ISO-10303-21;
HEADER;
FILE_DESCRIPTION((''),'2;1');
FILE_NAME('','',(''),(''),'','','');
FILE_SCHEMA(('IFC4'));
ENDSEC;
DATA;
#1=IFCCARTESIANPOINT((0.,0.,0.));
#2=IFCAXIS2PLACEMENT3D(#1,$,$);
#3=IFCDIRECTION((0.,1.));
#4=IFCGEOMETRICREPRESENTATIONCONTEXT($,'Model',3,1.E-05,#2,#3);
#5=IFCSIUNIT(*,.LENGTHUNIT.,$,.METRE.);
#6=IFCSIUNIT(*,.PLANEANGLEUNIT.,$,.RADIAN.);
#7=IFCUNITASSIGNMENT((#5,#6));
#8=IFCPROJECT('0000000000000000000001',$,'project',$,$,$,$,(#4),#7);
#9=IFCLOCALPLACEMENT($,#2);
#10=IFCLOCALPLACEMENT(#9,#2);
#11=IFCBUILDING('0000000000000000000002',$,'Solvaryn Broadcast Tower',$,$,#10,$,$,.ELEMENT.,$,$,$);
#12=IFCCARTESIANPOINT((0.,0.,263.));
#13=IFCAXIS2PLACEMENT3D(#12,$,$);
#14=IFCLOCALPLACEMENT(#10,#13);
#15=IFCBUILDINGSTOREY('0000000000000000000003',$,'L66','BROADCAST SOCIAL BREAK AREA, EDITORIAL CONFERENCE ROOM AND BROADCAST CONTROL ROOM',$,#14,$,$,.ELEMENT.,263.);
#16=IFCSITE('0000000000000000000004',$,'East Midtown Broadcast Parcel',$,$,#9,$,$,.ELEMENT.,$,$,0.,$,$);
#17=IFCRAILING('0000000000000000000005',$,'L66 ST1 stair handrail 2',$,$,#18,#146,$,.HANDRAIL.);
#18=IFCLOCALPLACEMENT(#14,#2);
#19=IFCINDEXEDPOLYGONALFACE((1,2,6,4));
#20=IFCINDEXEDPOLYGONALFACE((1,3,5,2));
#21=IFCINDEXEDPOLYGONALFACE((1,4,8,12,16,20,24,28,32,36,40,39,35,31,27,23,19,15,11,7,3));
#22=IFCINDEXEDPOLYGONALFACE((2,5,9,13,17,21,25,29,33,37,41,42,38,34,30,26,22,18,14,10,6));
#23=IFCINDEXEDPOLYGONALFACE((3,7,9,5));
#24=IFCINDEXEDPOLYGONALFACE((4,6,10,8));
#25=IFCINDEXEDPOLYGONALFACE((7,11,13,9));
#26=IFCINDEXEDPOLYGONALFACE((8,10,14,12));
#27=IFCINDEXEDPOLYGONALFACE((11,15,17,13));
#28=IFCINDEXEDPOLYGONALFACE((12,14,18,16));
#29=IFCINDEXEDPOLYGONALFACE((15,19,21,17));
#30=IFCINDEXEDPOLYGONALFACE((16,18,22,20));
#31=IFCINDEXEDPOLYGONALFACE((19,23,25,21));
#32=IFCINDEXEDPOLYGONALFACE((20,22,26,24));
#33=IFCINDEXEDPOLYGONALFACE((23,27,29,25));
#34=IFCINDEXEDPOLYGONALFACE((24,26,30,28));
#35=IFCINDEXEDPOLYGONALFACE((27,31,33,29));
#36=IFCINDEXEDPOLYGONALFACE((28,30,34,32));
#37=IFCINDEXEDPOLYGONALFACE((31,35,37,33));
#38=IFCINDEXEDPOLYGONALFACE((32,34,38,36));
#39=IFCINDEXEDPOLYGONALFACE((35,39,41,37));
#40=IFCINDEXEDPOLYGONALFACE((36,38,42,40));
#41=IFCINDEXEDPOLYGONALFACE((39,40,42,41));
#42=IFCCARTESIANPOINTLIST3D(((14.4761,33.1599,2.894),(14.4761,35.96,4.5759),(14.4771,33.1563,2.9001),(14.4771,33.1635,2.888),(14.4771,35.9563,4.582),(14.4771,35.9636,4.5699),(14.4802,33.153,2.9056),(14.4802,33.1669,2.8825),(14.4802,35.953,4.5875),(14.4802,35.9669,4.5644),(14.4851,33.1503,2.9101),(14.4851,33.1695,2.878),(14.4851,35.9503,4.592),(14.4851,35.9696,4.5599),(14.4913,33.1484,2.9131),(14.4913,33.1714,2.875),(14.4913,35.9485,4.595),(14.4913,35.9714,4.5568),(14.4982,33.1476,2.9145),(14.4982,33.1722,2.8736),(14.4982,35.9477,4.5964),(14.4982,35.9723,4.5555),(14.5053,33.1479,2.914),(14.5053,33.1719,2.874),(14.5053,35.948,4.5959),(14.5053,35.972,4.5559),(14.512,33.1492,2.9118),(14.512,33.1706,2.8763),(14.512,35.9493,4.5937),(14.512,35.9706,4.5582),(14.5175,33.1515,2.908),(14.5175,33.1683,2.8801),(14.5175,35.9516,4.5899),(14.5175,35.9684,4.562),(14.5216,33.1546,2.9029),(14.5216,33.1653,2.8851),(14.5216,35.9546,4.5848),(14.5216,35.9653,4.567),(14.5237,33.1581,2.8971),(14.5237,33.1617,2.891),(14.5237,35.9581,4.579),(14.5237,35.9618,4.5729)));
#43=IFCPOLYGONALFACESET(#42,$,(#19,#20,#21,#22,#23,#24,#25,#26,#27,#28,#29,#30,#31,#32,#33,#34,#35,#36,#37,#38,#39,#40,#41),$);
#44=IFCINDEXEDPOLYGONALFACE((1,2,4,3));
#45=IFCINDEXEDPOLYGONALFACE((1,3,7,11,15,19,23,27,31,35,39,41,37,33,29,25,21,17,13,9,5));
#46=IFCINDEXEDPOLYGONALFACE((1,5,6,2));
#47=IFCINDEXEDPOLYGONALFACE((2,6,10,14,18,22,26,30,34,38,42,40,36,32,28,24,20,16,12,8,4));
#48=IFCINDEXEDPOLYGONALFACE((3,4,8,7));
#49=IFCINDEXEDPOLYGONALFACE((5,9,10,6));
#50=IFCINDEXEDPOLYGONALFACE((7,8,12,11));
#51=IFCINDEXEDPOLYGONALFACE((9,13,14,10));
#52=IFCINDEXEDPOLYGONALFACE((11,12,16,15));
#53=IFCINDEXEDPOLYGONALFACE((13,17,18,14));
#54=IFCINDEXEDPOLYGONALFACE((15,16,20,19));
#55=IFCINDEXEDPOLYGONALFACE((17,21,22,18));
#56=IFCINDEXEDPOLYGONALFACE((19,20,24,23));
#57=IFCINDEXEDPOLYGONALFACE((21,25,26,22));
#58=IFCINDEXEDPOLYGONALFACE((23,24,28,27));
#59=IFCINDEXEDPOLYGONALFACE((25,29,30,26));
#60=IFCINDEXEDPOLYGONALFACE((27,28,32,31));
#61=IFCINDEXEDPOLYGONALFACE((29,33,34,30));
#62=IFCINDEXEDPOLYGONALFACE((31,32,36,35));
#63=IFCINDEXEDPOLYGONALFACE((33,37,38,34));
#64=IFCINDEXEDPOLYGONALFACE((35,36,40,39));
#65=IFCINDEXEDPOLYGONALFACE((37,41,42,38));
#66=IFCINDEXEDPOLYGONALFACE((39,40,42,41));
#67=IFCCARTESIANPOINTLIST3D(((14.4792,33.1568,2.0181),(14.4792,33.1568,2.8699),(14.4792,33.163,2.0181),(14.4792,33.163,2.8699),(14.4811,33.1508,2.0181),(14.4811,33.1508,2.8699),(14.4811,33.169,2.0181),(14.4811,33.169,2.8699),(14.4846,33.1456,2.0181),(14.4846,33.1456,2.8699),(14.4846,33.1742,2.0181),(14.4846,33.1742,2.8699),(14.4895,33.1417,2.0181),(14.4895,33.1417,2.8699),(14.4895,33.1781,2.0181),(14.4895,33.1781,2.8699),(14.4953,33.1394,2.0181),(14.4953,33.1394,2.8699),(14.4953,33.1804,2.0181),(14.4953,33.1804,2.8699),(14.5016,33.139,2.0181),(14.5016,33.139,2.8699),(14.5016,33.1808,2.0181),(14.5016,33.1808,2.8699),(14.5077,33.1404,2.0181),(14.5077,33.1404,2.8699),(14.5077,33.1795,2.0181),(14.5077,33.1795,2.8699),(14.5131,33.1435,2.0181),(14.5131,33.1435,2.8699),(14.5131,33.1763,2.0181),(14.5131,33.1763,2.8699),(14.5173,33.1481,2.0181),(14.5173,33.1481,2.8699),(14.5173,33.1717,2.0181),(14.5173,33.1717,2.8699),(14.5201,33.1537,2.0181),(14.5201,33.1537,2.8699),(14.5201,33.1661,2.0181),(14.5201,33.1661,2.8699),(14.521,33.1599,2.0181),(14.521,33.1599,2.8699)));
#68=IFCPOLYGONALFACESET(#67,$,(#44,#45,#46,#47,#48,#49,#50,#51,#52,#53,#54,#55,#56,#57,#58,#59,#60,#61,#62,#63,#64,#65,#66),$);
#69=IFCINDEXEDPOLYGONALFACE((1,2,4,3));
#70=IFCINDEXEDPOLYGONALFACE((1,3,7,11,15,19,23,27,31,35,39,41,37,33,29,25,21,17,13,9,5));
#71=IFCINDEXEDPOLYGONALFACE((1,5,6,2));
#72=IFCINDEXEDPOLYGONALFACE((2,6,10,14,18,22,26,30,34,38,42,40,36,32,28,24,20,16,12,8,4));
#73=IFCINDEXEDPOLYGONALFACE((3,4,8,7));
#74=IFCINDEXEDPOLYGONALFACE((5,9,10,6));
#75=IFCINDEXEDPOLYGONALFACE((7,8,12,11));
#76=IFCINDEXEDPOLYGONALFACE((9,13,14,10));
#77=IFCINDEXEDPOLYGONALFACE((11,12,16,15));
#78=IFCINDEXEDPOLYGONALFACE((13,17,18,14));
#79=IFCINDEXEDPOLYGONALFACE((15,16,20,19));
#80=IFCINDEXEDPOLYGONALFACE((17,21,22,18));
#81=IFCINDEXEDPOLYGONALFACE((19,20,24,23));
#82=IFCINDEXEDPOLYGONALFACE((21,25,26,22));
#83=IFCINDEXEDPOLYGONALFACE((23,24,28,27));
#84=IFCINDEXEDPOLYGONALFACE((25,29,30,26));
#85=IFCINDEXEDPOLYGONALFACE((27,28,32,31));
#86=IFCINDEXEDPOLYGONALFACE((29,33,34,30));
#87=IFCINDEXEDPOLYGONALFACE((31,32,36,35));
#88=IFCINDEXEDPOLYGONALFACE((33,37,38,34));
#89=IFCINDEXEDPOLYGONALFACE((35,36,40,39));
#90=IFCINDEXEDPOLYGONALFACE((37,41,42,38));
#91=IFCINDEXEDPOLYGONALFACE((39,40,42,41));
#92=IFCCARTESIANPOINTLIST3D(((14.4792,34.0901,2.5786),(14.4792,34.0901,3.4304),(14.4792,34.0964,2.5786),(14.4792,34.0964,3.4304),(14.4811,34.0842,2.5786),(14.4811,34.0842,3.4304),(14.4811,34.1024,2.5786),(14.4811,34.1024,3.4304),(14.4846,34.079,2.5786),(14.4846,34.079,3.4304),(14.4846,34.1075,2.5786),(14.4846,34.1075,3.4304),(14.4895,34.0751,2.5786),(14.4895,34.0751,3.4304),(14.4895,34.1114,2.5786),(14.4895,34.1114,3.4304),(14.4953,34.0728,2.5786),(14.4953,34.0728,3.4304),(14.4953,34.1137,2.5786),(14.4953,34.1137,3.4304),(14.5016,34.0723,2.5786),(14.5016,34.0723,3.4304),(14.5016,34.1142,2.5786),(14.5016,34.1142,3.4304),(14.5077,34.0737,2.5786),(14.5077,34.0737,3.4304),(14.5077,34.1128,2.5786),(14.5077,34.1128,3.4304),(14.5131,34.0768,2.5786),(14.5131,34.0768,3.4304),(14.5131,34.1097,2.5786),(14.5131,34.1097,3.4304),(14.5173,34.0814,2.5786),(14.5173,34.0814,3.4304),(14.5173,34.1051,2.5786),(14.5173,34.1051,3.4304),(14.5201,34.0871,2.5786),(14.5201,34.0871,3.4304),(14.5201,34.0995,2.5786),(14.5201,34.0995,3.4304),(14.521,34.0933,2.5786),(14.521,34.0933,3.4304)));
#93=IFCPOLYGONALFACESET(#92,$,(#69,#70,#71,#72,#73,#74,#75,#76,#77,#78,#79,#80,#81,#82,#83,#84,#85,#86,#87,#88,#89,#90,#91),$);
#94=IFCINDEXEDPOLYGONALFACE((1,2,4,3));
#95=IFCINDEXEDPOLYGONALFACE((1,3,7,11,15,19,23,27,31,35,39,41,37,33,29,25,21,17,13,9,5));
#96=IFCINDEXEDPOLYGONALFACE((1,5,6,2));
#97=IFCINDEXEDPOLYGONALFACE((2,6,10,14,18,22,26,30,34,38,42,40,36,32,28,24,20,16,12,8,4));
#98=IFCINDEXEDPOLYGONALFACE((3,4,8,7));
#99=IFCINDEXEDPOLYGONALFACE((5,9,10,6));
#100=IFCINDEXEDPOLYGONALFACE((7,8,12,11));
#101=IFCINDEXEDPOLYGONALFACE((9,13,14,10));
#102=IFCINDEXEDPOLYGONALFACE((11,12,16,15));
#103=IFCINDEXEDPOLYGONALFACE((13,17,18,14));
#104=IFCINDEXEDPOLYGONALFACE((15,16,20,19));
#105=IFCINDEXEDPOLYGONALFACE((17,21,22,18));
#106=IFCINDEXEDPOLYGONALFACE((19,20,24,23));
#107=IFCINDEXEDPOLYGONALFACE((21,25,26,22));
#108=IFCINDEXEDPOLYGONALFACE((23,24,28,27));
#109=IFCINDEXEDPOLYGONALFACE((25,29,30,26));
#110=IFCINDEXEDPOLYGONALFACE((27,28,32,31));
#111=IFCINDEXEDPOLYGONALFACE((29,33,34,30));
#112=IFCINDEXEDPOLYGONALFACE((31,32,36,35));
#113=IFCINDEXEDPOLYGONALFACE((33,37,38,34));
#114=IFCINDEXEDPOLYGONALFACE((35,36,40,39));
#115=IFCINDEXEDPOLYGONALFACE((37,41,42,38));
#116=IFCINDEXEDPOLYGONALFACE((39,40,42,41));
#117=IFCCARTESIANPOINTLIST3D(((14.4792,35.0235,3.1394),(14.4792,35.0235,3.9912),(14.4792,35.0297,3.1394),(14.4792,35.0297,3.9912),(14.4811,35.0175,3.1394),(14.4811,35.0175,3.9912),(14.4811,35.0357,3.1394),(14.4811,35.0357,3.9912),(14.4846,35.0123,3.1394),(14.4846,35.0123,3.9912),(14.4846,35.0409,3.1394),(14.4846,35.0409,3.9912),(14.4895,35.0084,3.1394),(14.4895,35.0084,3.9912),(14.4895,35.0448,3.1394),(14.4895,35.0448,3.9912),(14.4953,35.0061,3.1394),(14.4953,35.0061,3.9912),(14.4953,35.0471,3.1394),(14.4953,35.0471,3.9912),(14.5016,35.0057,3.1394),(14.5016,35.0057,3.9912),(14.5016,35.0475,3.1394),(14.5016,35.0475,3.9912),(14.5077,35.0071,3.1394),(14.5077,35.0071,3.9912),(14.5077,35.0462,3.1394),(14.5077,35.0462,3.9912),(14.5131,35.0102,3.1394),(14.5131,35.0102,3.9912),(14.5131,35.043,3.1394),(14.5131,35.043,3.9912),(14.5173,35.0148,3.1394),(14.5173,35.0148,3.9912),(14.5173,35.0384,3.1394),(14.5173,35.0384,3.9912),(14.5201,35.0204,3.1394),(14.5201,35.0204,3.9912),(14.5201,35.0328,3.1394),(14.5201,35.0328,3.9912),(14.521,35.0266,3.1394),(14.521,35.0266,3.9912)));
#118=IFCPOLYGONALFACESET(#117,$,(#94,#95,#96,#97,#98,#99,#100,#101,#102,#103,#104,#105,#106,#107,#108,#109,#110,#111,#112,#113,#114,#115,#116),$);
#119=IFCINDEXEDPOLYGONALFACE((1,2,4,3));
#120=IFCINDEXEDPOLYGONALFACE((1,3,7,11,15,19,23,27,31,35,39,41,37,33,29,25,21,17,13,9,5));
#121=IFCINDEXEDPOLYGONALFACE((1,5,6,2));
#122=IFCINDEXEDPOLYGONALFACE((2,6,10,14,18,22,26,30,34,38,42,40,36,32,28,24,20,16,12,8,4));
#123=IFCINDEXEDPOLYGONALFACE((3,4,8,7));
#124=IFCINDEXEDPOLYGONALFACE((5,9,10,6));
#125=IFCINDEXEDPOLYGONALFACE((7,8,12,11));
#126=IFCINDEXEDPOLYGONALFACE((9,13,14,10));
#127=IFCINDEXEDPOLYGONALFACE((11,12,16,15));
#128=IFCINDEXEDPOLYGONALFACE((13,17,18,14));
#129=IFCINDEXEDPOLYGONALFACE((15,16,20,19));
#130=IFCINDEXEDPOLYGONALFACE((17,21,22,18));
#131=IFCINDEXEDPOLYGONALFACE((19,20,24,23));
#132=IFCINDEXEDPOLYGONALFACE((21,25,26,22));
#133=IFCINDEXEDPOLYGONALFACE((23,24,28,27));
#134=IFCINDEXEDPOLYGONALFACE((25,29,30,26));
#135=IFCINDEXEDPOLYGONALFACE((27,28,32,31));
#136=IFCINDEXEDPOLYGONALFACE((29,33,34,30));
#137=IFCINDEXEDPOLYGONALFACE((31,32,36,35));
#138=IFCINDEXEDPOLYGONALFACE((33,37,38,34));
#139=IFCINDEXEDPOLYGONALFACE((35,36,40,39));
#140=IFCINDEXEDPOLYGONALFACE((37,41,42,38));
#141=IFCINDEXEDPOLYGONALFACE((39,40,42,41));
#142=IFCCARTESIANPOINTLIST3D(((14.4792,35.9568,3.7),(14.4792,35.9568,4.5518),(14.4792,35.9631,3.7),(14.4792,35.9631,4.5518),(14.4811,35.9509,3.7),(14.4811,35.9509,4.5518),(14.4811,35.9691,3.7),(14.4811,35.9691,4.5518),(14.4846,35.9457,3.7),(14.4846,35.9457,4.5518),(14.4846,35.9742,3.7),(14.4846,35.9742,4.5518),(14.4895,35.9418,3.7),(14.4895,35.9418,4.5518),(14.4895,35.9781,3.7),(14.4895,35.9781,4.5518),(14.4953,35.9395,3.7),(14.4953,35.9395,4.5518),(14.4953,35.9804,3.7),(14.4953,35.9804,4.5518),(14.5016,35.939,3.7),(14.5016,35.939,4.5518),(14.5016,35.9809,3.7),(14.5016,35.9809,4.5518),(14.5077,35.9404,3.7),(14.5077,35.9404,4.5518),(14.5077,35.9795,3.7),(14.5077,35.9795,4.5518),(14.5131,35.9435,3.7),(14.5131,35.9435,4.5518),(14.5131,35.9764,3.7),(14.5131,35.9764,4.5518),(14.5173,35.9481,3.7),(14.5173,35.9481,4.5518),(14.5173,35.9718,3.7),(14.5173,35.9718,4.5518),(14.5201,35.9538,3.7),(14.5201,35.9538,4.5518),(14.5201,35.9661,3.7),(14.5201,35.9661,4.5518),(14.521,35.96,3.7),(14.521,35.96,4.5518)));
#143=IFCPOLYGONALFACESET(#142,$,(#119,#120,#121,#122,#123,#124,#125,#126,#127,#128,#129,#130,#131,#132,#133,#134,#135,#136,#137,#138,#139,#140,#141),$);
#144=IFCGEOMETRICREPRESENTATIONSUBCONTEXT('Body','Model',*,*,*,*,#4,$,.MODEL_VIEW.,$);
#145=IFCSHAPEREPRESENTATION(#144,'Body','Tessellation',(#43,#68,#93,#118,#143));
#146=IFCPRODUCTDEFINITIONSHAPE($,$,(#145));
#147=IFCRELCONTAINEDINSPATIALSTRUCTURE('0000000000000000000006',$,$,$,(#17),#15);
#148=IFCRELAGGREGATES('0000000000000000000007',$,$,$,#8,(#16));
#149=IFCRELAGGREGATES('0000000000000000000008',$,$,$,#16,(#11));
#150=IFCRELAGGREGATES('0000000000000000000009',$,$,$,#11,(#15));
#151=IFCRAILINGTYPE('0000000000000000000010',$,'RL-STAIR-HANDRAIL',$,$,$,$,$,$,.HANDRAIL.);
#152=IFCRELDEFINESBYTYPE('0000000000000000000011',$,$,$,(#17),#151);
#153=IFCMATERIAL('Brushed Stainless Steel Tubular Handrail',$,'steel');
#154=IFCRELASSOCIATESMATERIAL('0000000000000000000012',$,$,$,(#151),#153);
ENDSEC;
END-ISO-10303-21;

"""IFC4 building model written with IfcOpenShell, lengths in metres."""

from ifc_helpers import new_model, si_unit, direction, frame, origin, origin_2d, place, context, subcontext, project, spatial, circle, extrude, material, type_object, element, save


model = new_model("IFC4")

# Units and contexts
model_context = context("Model", 3, precision=1e-05, world=origin(), true_north=direction((0.0, 1.0)))
body_context = subcontext(model_context, "Body", "Model", "MODEL_VIEW")
ifc_project = project(units=[si_unit("LENGTHUNIT", "METRE"), si_unit("PLANEANGLEUNIT", "RADIAN")], contexts=[model_context])

# Site, building, storey
site_placement = place(None, origin())
site = spatial("IfcSite", under=ifc_project, at=site_placement, Name="East Midtown Broadcast Parcel", CompositionType="ELEMENT", RefElevation=0.0)
building_placement = place(site_placement, origin())
building = spatial("IfcBuilding", under=site, at=building_placement, Name="Solvaryn Broadcast Tower", CompositionType="ELEMENT")
storey_placement = place(building_placement, frame((0.0, 0.0, 263.0)))
storey = spatial("IfcBuildingStorey", under=building, at=storey_placement, Name="L66", Description="BROADCAST SOCIAL BREAK AREA, EDITORIAL CONFERENCE ROOM AND BROADCAST CONTROL ROOM", CompositionType="ELEMENT", Elevation=263.0)

# Railing
ifc_material_1 = material(Name="Brushed Stainless Steel Tubular Handrail", Category="steel")
railing_type_1 = type_object("IfcRailingType", Name="RL-STAIR-HANDRAIL", PredefinedType="HANDRAIL", material=ifc_material_1)
railing_1_placement = place(storey_placement, frame((14.5, 33.1599, 2.0181)))
element("IfcRailing", 1, at=railing_1_placement, inside=storey, type_object=railing_type_1, Name="L66 ST1 stair handrail 2", PredefinedType="HANDRAIL", context=body_context, shape_type="SweptSolid", body=[
    extrude(circle(Radius=0.0239, at=origin_2d()), frame((0.0, 0.0, 0.876), z_axis=(0.0, 0.857242, 0.514913), x_axis=(-1.0, 0.0, 0.0)), (0.0, 0.0, 1.0), 3.2664),
    extrude(circle(Radius=0.021, at=origin_2d()), origin(), (0.0, 0.0, 1.0), 0.8518),
    extrude(circle(Radius=0.021, at=origin_2d()), frame((0.0, 0.9333, 0.5605)), (0.0, 0.0, 1.0), 0.8518),
    extrude(circle(Radius=0.021, at=origin_2d()), frame((0.0, 1.8667, 1.1213)), (0.0, 0.0, 1.0), 0.8518),
    extrude(circle(Radius=0.021, at=origin_2d()), frame((0.0, 2.8, 1.6819)), (0.0, 0.0, 1.0), 0.8518),
])

save(model, "model.ifc")
